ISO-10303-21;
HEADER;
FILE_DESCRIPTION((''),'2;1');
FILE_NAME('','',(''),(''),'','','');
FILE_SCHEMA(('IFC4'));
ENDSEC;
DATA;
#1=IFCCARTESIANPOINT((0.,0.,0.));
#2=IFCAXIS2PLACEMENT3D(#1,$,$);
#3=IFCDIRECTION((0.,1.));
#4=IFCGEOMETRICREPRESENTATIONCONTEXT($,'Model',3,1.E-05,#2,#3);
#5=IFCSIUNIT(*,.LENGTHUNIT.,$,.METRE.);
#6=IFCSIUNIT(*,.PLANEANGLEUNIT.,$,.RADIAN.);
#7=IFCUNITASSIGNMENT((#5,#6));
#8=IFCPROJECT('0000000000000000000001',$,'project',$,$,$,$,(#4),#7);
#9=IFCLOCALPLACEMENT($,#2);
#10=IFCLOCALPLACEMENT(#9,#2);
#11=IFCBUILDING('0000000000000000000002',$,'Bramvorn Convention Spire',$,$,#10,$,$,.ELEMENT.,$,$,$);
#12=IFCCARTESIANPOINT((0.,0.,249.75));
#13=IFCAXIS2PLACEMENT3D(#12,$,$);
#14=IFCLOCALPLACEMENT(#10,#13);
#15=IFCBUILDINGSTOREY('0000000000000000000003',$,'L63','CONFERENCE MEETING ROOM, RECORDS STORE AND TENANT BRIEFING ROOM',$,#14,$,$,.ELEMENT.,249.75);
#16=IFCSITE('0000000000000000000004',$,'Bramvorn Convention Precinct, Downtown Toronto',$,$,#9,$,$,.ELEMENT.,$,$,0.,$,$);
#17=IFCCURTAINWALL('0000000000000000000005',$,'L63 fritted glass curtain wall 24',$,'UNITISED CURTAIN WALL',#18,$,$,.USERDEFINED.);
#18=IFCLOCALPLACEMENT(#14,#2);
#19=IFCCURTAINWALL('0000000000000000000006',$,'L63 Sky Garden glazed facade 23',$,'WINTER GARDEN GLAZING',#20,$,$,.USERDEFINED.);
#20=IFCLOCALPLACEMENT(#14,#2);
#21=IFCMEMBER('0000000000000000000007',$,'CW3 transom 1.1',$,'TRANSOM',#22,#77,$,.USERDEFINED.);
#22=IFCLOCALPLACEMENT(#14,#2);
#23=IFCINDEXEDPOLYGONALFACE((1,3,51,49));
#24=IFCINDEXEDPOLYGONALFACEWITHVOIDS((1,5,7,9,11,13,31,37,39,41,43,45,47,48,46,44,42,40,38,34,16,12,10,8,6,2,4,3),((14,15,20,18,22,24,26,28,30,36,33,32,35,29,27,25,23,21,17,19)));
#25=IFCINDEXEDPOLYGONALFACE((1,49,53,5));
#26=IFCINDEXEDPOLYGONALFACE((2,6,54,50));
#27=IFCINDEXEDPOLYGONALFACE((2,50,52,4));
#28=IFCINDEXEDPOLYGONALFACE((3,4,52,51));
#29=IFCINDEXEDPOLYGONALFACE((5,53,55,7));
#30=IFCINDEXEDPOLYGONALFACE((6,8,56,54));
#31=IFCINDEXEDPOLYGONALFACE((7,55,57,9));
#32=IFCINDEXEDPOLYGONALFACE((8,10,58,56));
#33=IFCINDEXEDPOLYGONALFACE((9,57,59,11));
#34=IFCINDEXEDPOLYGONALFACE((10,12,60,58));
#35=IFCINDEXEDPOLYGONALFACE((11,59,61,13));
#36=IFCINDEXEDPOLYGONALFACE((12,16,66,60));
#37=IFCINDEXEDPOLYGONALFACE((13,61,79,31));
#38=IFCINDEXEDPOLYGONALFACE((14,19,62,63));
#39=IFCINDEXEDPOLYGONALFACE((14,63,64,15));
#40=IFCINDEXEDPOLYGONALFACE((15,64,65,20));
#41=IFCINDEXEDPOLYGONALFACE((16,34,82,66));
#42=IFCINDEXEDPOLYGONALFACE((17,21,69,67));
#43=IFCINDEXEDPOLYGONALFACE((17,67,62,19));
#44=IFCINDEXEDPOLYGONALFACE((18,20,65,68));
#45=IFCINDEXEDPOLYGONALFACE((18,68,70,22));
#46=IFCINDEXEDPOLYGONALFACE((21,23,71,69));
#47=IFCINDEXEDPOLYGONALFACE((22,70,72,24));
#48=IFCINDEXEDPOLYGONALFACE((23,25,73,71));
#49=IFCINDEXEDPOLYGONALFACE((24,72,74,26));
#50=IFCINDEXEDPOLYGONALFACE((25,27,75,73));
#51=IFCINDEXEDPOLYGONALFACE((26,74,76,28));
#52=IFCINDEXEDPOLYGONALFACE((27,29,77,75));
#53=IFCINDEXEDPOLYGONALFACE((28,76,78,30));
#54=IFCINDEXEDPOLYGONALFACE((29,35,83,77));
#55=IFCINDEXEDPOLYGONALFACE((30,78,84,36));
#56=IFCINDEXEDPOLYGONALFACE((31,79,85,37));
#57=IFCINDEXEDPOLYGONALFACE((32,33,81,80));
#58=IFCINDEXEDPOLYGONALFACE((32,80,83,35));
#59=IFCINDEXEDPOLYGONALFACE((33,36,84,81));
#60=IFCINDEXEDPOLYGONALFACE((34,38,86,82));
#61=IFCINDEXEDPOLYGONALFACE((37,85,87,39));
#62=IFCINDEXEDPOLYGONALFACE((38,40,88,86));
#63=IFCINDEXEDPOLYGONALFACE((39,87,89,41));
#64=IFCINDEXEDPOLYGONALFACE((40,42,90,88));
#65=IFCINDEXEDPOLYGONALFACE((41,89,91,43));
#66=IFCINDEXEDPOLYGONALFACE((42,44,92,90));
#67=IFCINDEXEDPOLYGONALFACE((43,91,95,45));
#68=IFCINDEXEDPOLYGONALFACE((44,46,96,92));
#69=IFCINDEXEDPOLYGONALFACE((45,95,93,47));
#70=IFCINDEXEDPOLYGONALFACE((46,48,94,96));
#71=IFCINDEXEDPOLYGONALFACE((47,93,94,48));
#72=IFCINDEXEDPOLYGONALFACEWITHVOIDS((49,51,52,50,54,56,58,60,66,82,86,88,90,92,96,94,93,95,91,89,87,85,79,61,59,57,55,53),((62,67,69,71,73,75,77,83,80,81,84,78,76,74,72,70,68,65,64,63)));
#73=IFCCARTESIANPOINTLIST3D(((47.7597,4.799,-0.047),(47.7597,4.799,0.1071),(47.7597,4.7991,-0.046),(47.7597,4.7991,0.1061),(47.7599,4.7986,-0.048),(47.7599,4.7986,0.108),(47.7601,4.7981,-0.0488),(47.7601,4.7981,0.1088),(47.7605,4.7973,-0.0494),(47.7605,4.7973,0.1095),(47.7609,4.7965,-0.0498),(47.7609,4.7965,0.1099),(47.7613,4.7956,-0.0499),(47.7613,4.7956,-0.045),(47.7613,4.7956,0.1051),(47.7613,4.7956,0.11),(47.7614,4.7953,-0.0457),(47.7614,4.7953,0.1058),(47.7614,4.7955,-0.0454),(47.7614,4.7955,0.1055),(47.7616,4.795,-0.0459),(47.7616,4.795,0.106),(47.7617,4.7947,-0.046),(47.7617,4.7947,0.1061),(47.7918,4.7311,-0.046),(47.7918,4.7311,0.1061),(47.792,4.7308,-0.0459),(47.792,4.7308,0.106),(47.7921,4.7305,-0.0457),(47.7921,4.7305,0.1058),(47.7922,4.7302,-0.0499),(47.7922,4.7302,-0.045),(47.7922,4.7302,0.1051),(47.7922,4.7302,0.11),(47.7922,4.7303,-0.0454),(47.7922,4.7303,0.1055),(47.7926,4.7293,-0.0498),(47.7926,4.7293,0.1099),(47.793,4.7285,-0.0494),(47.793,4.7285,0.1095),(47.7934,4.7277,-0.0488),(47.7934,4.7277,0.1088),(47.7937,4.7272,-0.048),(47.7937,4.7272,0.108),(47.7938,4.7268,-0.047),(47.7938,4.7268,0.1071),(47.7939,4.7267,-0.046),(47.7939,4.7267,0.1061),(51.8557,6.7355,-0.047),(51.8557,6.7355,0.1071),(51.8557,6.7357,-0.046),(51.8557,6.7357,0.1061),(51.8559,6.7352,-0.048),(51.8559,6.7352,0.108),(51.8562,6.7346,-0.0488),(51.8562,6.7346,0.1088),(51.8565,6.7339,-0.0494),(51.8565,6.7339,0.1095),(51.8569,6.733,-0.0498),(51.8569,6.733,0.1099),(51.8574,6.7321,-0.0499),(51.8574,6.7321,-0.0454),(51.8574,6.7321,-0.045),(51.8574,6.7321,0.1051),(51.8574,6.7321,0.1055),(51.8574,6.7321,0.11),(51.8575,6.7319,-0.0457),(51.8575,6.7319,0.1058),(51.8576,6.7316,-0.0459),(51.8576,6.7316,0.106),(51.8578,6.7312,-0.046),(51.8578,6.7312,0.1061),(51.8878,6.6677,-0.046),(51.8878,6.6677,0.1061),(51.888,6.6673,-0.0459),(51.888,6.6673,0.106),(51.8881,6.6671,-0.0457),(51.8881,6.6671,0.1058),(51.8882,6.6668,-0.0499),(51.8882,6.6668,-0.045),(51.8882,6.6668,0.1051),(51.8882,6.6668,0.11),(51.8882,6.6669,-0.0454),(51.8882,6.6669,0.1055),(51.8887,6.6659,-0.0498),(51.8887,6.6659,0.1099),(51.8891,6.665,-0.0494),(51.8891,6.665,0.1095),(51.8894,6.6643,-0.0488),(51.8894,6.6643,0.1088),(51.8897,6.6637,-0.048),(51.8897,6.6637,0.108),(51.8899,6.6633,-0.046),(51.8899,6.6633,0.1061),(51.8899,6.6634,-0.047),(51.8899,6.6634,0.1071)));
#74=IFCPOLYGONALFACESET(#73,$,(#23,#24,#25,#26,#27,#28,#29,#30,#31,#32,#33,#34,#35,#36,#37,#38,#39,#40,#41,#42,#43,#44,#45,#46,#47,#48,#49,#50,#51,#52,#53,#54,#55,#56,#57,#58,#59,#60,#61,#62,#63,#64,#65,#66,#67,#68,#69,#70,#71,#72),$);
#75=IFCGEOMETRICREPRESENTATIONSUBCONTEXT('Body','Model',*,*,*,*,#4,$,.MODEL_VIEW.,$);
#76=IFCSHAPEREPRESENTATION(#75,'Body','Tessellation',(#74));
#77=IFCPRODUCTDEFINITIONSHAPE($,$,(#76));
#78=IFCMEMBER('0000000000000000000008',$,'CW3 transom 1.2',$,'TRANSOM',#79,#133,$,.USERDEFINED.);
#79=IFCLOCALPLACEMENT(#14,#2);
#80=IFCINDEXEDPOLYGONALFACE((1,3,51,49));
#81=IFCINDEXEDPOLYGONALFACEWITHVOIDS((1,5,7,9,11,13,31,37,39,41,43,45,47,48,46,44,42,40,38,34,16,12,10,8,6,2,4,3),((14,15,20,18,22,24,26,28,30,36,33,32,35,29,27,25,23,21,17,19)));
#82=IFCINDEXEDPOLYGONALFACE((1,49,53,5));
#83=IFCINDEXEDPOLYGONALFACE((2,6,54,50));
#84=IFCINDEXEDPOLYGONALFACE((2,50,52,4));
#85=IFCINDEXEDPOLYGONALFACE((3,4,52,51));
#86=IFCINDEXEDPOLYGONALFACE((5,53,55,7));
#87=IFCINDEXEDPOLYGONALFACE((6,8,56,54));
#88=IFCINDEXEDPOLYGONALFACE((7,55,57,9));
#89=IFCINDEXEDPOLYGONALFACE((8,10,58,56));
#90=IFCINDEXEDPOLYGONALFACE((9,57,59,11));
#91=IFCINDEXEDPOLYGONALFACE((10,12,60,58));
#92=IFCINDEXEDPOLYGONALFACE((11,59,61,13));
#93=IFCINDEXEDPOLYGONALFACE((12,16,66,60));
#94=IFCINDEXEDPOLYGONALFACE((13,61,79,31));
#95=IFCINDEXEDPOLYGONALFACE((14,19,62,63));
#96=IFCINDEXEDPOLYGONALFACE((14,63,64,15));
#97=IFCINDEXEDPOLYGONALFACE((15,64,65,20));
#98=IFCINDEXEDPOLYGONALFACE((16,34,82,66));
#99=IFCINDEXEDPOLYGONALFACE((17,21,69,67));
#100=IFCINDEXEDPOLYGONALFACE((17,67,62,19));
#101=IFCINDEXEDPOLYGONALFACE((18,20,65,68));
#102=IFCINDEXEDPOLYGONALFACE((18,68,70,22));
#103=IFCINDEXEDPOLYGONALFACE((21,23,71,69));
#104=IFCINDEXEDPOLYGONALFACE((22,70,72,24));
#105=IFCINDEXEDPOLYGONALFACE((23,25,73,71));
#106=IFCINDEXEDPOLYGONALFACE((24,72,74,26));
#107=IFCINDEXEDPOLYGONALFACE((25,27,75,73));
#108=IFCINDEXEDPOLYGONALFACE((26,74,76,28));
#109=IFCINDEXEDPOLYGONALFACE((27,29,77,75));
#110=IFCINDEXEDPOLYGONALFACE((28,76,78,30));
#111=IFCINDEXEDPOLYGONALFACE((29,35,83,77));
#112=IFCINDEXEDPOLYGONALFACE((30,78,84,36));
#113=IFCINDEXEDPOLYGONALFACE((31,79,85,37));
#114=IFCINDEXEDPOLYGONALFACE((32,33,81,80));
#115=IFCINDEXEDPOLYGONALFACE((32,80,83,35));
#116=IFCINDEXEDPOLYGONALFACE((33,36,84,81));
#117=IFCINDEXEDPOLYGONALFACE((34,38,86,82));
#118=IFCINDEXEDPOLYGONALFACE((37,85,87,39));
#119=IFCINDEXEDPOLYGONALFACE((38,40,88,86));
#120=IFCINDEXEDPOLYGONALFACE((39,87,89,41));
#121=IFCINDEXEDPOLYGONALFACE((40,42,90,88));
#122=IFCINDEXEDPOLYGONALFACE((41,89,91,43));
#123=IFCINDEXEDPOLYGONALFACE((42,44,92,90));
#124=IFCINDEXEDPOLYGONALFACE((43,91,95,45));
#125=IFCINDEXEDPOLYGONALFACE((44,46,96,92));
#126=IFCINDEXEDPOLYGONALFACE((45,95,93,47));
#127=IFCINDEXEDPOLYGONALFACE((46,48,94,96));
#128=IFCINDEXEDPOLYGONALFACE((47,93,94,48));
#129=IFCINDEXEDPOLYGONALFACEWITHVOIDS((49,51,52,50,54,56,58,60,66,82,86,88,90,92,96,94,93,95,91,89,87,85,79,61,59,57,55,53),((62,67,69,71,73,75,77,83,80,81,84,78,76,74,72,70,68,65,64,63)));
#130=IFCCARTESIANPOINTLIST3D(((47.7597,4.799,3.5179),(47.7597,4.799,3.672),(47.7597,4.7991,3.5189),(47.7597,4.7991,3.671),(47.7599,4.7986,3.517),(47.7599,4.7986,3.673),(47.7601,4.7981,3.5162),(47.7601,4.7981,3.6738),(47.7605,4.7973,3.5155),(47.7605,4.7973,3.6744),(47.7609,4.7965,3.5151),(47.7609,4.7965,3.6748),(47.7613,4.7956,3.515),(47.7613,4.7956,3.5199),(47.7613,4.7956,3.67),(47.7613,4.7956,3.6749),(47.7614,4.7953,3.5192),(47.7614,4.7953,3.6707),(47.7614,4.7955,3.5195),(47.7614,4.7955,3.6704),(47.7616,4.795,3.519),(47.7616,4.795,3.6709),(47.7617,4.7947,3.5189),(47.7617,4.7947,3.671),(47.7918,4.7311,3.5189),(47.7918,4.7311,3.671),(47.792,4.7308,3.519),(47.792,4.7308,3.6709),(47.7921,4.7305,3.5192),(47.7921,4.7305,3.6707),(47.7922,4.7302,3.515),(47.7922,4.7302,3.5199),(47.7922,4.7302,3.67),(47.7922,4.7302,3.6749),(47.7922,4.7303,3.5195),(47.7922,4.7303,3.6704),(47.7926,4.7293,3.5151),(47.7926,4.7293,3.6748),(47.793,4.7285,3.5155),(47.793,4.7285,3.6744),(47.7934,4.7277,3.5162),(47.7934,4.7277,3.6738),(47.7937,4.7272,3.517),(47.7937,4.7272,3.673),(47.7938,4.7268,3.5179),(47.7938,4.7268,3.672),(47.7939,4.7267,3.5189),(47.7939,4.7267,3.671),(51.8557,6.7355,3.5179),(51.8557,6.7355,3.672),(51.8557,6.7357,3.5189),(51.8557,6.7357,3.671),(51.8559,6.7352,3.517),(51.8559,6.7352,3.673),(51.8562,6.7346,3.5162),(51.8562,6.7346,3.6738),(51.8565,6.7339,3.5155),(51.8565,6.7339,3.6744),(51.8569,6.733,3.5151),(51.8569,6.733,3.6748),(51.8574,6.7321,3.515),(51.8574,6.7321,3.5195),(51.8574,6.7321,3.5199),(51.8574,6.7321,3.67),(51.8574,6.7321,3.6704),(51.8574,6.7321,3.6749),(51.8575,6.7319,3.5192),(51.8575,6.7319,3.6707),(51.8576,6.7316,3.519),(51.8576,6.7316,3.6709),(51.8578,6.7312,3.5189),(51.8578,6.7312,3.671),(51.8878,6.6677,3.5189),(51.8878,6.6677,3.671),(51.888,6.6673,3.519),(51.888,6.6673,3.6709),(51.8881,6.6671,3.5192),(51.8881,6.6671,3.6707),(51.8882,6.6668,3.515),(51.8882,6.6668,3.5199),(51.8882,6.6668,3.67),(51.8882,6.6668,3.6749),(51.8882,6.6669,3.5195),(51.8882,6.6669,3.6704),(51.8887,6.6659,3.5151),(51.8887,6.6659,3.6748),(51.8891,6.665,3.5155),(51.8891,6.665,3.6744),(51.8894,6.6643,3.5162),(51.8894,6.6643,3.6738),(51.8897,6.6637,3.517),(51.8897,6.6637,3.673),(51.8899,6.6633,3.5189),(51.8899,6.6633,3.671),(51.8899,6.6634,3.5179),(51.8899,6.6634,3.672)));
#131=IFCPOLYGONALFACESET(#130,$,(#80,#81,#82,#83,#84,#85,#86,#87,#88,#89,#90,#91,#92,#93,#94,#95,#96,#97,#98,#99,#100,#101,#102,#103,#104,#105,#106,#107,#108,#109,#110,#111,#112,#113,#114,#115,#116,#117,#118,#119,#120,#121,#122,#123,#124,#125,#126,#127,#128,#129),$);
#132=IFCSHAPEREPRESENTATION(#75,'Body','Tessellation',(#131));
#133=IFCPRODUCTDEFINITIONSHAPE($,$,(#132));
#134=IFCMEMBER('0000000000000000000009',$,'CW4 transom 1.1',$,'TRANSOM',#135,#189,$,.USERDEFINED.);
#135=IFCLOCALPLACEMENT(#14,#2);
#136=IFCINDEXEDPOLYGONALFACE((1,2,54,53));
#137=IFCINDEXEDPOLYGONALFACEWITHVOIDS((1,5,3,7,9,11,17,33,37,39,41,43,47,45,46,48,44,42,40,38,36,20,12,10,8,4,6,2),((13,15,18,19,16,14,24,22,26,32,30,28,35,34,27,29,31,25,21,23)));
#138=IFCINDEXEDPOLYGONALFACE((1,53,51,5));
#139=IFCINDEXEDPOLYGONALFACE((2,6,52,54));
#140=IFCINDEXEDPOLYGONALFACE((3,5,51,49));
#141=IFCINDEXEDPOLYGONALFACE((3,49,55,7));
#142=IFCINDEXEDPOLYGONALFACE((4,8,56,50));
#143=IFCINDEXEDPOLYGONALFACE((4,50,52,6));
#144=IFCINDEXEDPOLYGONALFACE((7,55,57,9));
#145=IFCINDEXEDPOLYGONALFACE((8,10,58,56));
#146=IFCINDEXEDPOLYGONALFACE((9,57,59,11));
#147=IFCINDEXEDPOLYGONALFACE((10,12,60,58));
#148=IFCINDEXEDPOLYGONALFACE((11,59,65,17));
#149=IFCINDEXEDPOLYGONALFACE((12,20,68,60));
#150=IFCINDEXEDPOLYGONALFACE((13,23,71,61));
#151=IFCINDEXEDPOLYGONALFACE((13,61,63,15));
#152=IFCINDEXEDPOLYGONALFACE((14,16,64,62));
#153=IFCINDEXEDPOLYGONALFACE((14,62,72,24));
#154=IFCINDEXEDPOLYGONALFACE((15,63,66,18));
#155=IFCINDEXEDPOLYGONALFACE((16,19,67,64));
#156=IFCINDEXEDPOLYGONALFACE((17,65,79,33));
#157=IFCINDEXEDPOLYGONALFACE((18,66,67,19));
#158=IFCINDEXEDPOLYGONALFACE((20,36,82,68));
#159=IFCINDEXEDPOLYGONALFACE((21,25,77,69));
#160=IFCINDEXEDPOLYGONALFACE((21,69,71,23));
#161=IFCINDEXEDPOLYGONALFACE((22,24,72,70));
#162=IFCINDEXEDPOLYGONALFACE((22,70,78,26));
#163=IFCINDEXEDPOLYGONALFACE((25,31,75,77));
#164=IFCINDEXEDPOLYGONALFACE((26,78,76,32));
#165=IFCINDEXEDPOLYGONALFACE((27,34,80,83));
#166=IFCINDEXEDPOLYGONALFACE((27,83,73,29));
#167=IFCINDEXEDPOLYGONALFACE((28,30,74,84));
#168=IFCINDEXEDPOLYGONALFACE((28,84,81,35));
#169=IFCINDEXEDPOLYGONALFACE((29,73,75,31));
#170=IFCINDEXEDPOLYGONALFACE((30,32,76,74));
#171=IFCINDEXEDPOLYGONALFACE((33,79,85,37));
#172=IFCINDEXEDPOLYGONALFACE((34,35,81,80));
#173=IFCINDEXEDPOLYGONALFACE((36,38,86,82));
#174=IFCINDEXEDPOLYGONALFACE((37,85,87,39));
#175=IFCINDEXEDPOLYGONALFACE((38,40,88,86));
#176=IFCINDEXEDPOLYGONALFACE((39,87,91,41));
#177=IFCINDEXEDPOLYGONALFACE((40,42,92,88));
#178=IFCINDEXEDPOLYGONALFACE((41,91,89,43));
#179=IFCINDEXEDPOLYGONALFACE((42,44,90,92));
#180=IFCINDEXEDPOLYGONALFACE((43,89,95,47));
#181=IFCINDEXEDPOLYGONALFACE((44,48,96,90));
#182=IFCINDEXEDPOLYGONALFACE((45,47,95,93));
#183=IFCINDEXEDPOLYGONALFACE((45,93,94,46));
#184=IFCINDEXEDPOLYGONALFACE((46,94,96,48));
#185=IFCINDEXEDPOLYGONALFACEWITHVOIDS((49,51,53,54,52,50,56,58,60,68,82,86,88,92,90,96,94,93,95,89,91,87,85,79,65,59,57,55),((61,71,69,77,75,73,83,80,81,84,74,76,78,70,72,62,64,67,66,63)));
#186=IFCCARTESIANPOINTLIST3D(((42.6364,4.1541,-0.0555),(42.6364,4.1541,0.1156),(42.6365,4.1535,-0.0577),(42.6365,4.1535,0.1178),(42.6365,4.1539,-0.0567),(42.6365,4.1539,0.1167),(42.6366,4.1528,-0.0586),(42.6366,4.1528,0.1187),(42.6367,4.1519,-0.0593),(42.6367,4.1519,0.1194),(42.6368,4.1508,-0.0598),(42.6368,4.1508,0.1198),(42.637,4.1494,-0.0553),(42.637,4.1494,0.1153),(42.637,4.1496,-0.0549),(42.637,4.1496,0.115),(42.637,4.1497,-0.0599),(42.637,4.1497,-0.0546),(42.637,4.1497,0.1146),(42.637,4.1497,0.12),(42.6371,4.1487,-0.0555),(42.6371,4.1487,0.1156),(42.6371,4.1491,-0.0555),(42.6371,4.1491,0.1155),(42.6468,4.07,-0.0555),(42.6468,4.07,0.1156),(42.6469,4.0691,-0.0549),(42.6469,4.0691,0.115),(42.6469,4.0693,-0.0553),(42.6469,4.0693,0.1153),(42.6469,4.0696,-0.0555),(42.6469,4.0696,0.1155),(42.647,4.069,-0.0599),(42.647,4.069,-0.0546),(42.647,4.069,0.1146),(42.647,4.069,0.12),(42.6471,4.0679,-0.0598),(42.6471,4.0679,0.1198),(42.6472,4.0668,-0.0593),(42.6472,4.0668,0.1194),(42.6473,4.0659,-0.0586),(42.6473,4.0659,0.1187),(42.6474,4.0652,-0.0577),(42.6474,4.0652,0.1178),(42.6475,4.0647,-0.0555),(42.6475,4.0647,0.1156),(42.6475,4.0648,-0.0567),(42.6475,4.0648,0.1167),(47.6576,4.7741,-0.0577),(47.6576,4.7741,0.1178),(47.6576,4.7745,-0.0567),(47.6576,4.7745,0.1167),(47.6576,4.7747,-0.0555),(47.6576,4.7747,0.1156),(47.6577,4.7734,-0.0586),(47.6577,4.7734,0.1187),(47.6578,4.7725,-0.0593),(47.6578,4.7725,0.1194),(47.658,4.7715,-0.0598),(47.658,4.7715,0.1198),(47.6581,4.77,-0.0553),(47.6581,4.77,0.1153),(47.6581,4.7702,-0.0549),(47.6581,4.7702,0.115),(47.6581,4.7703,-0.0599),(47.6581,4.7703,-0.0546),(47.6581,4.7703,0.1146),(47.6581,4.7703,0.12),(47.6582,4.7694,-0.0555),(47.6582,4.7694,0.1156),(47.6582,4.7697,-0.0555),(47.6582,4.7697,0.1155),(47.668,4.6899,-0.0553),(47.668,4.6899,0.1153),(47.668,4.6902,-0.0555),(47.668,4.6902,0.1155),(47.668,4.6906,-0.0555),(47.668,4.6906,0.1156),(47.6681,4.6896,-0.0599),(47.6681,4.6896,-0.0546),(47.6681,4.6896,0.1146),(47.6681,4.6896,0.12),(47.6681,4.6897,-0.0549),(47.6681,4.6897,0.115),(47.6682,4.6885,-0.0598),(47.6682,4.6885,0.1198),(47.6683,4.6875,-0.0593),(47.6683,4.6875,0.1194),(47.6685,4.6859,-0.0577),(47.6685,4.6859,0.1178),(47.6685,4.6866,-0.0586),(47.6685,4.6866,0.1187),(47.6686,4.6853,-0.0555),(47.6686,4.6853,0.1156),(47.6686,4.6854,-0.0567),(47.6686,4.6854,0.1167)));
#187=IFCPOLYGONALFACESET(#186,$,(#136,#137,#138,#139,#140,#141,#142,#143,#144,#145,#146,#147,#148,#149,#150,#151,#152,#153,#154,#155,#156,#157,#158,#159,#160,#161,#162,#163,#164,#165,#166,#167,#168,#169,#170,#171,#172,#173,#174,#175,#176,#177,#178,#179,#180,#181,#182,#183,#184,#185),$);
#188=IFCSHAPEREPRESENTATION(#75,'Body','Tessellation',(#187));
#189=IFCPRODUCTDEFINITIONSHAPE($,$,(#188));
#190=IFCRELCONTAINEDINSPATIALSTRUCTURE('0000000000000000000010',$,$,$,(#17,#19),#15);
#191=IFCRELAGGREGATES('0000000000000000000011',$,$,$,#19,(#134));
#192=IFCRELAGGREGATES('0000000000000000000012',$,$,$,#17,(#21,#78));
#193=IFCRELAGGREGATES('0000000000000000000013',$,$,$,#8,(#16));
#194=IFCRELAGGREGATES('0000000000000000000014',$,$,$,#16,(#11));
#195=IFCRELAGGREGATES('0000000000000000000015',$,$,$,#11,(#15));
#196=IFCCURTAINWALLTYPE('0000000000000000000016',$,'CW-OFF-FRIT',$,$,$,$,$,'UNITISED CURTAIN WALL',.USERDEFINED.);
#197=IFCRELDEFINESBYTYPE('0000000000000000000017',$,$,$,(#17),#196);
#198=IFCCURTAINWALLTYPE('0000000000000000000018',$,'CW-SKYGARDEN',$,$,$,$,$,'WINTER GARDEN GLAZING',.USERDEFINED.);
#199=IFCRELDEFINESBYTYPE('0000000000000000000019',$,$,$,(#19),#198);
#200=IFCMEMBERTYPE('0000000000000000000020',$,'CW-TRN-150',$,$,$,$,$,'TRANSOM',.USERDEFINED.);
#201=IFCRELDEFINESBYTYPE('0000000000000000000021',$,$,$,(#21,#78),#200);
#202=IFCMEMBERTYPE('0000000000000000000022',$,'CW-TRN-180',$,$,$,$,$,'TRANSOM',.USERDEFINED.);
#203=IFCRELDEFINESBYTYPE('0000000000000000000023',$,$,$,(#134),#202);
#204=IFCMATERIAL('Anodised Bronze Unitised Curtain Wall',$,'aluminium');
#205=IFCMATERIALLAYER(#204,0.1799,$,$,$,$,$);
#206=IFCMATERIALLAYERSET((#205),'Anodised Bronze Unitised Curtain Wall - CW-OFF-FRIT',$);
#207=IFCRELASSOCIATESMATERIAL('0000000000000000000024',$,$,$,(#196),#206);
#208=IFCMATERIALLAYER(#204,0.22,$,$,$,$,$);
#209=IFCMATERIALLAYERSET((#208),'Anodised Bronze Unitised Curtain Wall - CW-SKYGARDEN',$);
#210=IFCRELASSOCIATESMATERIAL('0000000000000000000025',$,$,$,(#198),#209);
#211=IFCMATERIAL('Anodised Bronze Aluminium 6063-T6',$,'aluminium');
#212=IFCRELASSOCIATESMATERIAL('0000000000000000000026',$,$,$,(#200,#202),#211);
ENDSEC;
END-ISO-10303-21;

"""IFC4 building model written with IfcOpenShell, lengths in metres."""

from ifc_helpers import new_model, si_unit, direction, frame, origin, origin_2d, place, context, subcontext, project, spatial, hollow_rectangle, extrude, material, layer, layer_set, material_profile, profile_set, type_object, element, aggregate, save


model = new_model("IFC4")

# Units and contexts
model_context = context("Model", 3, precision=1e-05, world=origin(), true_north=direction((0.0, 1.0)))
body_context = subcontext(model_context, "Body", "Model", "MODEL_VIEW")
ifc_project = project(units=[si_unit("LENGTHUNIT", "METRE"), si_unit("PLANEANGLEUNIT", "RADIAN")], contexts=[model_context])

# Site, building, storey
site_placement = place(None, origin())
site = spatial("IfcSite", under=ifc_project, at=site_placement, Name="Bramvorn Convention Precinct, Downtown Toronto", CompositionType="ELEMENT", RefElevation=0.0)
building_placement = place(site_placement, origin())
building = spatial("IfcBuilding", under=site, at=building_placement, Name="Bramvorn Convention Spire", CompositionType="ELEMENT")
storey_placement = place(building_placement, frame((0.0, 0.0, 249.75)))
storey = spatial("IfcBuildingStorey", under=building, at=storey_placement, Name="L63", Description="CONFERENCE MEETING ROOM, RECORDS STORE AND TENANT BRIEFING ROOM", CompositionType="ELEMENT", Elevation=249.75)

# Curtain wall
ifc_material_1 = material(Name="Anodised Bronze Unitised Curtain Wall", Category="aluminium")
ifc_layer_1 = layer(ifc_material_1, 0.1799)
ifc_layer_set_1 = layer_set([ifc_layer_1], Name="Anodised Bronze Unitised Curtain Wall - CW-OFF-FRIT")
curtain_wall_type_1 = type_object("IfcCurtainWallType", Name="CW-OFF-FRIT", ElementType="UNITISED CURTAIN WALL", PredefinedType="USERDEFINED", material=ifc_layer_set_1)
curtain_wall_1_placement = place(storey_placement, origin())
curtain_wall_1 = element("IfcCurtainWall", 1, at=curtain_wall_1_placement, inside=storey, type_object=curtain_wall_type_1, Name="L63 fritted glass curtain wall 24", ObjectType="UNITISED CURTAIN WALL", PredefinedType="USERDEFINED")
ifc_material_2 = material(Name="Anodised Bronze Aluminium 6063-T6", Category="aluminium")

# Curtain wall
ifc_layer_2 = layer(ifc_material_1, 0.22)
ifc_layer_set_2 = layer_set([ifc_layer_2], Name="Anodised Bronze Unitised Curtain Wall - CW-SKYGARDEN")
curtain_wall_type_2 = type_object("IfcCurtainWallType", Name="CW-SKYGARDEN", ElementType="WINTER GARDEN GLAZING", PredefinedType="USERDEFINED", material=ifc_layer_set_2)
curtain_wall_2_placement = place(storey_placement, origin())
curtain_wall_2 = element("IfcCurtainWall", 2, at=curtain_wall_2_placement, inside=storey, type_object=curtain_wall_type_2, Name="L63 Sky Garden glazed facade 23", ObjectType="WINTER GARDEN GLAZING", PredefinedType="USERDEFINED")

# Members
ifc_material_profile_1 = material_profile(ifc_material_2, hollow_rectangle(XDim=0.0801, YDim=0.1599, WallThickness=0.0039, InnerFilletRadius=0.001, OuterFilletRadius=0.0039, at=origin_2d()))
ifc_profile_set_1 = profile_set([ifc_material_profile_1], Name="Anodised Bronze Aluminium 6063-T6 - CWT80X160")
member_type_1 = type_object("IfcMemberType", Name="CW-TRN-150", ElementType="TRANSOM", PredefinedType="USERDEFINED", material=ifc_profile_set_1)
member_1_placement = place(storey_placement, frame((51.8728, 6.6995, 0.03), z_axis=(-0.90405, -0.427426, 0.0), x_axis=(0.427426, -0.90405, 0.0)))
member_1 = element("IfcMember", 3, at=member_1_placement, type_object=member_type_1, Name="CW3 transom 1.1", ObjectType="TRANSOM", PredefinedType="USERDEFINED", context=body_context, shape_type="SweptSolid", body=[
    extrude(hollow_rectangle(XDim=0.0801, YDim=0.1599, WallThickness=0.0039, InnerFilletRadius=0.001, OuterFilletRadius=0.0039, at=origin_2d()), origin(), (0.0, 0.0, 1.0), 4.5308),
])
member_2_placement = place(storey_placement, frame((51.8728, 6.6995, 3.595), z_axis=(-0.90405, -0.427426, 0.0), x_axis=(0.427426, -0.90405, 0.0)))
member_2 = element("IfcMember", 4, at=member_2_placement, type_object=member_type_1, Name="CW3 transom 1.2", ObjectType="TRANSOM", PredefinedType="USERDEFINED", context=body_context, shape_type="SweptSolid", body=[
    extrude(hollow_rectangle(XDim=0.0801, YDim=0.1599, WallThickness=0.0039, InnerFilletRadius=0.001, OuterFilletRadius=0.0039, at=origin_2d()), origin(), (0.0, 0.0, 1.0), 4.5308),
])
ifc_material_profile_2 = material_profile(ifc_material_2, hollow_rectangle(XDim=0.0901, YDim=0.1799, WallThickness=0.0044, InnerFilletRadius=0.001, OuterFilletRadius=0.0044, at=origin_2d()))
ifc_profile_set_2 = profile_set([ifc_material_profile_2], Name="Anodised Bronze Aluminium 6063-T6 - CWT90X180")
member_type_2 = type_object("IfcMemberType", Name="CW-TRN-180", ElementType="TRANSOM", PredefinedType="USERDEFINED", material=ifc_profile_set_2)
member_3_placement = place(storey_placement, frame((47.6631, 4.73, 0.03), z_axis=(-0.992448, -0.122669, 0.0), x_axis=(0.122669, -0.992448, 0.0)))
member_3 = element("IfcMember", 5, at=member_3_placement, type_object=member_type_2, Name="CW4 transom 1.1", ObjectType="TRANSOM", PredefinedType="USERDEFINED", context=body_context, shape_type="SweptSolid", body=[
    extrude(hollow_rectangle(XDim=0.0901, YDim=0.1799, WallThickness=0.0044, InnerFilletRadius=0.001, OuterFilletRadius=0.0044, at=origin_2d()), origin(), (0.0, 0.0, 1.0), 5.0593),
])
aggregate(curtain_wall_2, [member_3])

aggregate(curtain_wall_1, [member_1, member_2])

save(model, "model.ifc")
